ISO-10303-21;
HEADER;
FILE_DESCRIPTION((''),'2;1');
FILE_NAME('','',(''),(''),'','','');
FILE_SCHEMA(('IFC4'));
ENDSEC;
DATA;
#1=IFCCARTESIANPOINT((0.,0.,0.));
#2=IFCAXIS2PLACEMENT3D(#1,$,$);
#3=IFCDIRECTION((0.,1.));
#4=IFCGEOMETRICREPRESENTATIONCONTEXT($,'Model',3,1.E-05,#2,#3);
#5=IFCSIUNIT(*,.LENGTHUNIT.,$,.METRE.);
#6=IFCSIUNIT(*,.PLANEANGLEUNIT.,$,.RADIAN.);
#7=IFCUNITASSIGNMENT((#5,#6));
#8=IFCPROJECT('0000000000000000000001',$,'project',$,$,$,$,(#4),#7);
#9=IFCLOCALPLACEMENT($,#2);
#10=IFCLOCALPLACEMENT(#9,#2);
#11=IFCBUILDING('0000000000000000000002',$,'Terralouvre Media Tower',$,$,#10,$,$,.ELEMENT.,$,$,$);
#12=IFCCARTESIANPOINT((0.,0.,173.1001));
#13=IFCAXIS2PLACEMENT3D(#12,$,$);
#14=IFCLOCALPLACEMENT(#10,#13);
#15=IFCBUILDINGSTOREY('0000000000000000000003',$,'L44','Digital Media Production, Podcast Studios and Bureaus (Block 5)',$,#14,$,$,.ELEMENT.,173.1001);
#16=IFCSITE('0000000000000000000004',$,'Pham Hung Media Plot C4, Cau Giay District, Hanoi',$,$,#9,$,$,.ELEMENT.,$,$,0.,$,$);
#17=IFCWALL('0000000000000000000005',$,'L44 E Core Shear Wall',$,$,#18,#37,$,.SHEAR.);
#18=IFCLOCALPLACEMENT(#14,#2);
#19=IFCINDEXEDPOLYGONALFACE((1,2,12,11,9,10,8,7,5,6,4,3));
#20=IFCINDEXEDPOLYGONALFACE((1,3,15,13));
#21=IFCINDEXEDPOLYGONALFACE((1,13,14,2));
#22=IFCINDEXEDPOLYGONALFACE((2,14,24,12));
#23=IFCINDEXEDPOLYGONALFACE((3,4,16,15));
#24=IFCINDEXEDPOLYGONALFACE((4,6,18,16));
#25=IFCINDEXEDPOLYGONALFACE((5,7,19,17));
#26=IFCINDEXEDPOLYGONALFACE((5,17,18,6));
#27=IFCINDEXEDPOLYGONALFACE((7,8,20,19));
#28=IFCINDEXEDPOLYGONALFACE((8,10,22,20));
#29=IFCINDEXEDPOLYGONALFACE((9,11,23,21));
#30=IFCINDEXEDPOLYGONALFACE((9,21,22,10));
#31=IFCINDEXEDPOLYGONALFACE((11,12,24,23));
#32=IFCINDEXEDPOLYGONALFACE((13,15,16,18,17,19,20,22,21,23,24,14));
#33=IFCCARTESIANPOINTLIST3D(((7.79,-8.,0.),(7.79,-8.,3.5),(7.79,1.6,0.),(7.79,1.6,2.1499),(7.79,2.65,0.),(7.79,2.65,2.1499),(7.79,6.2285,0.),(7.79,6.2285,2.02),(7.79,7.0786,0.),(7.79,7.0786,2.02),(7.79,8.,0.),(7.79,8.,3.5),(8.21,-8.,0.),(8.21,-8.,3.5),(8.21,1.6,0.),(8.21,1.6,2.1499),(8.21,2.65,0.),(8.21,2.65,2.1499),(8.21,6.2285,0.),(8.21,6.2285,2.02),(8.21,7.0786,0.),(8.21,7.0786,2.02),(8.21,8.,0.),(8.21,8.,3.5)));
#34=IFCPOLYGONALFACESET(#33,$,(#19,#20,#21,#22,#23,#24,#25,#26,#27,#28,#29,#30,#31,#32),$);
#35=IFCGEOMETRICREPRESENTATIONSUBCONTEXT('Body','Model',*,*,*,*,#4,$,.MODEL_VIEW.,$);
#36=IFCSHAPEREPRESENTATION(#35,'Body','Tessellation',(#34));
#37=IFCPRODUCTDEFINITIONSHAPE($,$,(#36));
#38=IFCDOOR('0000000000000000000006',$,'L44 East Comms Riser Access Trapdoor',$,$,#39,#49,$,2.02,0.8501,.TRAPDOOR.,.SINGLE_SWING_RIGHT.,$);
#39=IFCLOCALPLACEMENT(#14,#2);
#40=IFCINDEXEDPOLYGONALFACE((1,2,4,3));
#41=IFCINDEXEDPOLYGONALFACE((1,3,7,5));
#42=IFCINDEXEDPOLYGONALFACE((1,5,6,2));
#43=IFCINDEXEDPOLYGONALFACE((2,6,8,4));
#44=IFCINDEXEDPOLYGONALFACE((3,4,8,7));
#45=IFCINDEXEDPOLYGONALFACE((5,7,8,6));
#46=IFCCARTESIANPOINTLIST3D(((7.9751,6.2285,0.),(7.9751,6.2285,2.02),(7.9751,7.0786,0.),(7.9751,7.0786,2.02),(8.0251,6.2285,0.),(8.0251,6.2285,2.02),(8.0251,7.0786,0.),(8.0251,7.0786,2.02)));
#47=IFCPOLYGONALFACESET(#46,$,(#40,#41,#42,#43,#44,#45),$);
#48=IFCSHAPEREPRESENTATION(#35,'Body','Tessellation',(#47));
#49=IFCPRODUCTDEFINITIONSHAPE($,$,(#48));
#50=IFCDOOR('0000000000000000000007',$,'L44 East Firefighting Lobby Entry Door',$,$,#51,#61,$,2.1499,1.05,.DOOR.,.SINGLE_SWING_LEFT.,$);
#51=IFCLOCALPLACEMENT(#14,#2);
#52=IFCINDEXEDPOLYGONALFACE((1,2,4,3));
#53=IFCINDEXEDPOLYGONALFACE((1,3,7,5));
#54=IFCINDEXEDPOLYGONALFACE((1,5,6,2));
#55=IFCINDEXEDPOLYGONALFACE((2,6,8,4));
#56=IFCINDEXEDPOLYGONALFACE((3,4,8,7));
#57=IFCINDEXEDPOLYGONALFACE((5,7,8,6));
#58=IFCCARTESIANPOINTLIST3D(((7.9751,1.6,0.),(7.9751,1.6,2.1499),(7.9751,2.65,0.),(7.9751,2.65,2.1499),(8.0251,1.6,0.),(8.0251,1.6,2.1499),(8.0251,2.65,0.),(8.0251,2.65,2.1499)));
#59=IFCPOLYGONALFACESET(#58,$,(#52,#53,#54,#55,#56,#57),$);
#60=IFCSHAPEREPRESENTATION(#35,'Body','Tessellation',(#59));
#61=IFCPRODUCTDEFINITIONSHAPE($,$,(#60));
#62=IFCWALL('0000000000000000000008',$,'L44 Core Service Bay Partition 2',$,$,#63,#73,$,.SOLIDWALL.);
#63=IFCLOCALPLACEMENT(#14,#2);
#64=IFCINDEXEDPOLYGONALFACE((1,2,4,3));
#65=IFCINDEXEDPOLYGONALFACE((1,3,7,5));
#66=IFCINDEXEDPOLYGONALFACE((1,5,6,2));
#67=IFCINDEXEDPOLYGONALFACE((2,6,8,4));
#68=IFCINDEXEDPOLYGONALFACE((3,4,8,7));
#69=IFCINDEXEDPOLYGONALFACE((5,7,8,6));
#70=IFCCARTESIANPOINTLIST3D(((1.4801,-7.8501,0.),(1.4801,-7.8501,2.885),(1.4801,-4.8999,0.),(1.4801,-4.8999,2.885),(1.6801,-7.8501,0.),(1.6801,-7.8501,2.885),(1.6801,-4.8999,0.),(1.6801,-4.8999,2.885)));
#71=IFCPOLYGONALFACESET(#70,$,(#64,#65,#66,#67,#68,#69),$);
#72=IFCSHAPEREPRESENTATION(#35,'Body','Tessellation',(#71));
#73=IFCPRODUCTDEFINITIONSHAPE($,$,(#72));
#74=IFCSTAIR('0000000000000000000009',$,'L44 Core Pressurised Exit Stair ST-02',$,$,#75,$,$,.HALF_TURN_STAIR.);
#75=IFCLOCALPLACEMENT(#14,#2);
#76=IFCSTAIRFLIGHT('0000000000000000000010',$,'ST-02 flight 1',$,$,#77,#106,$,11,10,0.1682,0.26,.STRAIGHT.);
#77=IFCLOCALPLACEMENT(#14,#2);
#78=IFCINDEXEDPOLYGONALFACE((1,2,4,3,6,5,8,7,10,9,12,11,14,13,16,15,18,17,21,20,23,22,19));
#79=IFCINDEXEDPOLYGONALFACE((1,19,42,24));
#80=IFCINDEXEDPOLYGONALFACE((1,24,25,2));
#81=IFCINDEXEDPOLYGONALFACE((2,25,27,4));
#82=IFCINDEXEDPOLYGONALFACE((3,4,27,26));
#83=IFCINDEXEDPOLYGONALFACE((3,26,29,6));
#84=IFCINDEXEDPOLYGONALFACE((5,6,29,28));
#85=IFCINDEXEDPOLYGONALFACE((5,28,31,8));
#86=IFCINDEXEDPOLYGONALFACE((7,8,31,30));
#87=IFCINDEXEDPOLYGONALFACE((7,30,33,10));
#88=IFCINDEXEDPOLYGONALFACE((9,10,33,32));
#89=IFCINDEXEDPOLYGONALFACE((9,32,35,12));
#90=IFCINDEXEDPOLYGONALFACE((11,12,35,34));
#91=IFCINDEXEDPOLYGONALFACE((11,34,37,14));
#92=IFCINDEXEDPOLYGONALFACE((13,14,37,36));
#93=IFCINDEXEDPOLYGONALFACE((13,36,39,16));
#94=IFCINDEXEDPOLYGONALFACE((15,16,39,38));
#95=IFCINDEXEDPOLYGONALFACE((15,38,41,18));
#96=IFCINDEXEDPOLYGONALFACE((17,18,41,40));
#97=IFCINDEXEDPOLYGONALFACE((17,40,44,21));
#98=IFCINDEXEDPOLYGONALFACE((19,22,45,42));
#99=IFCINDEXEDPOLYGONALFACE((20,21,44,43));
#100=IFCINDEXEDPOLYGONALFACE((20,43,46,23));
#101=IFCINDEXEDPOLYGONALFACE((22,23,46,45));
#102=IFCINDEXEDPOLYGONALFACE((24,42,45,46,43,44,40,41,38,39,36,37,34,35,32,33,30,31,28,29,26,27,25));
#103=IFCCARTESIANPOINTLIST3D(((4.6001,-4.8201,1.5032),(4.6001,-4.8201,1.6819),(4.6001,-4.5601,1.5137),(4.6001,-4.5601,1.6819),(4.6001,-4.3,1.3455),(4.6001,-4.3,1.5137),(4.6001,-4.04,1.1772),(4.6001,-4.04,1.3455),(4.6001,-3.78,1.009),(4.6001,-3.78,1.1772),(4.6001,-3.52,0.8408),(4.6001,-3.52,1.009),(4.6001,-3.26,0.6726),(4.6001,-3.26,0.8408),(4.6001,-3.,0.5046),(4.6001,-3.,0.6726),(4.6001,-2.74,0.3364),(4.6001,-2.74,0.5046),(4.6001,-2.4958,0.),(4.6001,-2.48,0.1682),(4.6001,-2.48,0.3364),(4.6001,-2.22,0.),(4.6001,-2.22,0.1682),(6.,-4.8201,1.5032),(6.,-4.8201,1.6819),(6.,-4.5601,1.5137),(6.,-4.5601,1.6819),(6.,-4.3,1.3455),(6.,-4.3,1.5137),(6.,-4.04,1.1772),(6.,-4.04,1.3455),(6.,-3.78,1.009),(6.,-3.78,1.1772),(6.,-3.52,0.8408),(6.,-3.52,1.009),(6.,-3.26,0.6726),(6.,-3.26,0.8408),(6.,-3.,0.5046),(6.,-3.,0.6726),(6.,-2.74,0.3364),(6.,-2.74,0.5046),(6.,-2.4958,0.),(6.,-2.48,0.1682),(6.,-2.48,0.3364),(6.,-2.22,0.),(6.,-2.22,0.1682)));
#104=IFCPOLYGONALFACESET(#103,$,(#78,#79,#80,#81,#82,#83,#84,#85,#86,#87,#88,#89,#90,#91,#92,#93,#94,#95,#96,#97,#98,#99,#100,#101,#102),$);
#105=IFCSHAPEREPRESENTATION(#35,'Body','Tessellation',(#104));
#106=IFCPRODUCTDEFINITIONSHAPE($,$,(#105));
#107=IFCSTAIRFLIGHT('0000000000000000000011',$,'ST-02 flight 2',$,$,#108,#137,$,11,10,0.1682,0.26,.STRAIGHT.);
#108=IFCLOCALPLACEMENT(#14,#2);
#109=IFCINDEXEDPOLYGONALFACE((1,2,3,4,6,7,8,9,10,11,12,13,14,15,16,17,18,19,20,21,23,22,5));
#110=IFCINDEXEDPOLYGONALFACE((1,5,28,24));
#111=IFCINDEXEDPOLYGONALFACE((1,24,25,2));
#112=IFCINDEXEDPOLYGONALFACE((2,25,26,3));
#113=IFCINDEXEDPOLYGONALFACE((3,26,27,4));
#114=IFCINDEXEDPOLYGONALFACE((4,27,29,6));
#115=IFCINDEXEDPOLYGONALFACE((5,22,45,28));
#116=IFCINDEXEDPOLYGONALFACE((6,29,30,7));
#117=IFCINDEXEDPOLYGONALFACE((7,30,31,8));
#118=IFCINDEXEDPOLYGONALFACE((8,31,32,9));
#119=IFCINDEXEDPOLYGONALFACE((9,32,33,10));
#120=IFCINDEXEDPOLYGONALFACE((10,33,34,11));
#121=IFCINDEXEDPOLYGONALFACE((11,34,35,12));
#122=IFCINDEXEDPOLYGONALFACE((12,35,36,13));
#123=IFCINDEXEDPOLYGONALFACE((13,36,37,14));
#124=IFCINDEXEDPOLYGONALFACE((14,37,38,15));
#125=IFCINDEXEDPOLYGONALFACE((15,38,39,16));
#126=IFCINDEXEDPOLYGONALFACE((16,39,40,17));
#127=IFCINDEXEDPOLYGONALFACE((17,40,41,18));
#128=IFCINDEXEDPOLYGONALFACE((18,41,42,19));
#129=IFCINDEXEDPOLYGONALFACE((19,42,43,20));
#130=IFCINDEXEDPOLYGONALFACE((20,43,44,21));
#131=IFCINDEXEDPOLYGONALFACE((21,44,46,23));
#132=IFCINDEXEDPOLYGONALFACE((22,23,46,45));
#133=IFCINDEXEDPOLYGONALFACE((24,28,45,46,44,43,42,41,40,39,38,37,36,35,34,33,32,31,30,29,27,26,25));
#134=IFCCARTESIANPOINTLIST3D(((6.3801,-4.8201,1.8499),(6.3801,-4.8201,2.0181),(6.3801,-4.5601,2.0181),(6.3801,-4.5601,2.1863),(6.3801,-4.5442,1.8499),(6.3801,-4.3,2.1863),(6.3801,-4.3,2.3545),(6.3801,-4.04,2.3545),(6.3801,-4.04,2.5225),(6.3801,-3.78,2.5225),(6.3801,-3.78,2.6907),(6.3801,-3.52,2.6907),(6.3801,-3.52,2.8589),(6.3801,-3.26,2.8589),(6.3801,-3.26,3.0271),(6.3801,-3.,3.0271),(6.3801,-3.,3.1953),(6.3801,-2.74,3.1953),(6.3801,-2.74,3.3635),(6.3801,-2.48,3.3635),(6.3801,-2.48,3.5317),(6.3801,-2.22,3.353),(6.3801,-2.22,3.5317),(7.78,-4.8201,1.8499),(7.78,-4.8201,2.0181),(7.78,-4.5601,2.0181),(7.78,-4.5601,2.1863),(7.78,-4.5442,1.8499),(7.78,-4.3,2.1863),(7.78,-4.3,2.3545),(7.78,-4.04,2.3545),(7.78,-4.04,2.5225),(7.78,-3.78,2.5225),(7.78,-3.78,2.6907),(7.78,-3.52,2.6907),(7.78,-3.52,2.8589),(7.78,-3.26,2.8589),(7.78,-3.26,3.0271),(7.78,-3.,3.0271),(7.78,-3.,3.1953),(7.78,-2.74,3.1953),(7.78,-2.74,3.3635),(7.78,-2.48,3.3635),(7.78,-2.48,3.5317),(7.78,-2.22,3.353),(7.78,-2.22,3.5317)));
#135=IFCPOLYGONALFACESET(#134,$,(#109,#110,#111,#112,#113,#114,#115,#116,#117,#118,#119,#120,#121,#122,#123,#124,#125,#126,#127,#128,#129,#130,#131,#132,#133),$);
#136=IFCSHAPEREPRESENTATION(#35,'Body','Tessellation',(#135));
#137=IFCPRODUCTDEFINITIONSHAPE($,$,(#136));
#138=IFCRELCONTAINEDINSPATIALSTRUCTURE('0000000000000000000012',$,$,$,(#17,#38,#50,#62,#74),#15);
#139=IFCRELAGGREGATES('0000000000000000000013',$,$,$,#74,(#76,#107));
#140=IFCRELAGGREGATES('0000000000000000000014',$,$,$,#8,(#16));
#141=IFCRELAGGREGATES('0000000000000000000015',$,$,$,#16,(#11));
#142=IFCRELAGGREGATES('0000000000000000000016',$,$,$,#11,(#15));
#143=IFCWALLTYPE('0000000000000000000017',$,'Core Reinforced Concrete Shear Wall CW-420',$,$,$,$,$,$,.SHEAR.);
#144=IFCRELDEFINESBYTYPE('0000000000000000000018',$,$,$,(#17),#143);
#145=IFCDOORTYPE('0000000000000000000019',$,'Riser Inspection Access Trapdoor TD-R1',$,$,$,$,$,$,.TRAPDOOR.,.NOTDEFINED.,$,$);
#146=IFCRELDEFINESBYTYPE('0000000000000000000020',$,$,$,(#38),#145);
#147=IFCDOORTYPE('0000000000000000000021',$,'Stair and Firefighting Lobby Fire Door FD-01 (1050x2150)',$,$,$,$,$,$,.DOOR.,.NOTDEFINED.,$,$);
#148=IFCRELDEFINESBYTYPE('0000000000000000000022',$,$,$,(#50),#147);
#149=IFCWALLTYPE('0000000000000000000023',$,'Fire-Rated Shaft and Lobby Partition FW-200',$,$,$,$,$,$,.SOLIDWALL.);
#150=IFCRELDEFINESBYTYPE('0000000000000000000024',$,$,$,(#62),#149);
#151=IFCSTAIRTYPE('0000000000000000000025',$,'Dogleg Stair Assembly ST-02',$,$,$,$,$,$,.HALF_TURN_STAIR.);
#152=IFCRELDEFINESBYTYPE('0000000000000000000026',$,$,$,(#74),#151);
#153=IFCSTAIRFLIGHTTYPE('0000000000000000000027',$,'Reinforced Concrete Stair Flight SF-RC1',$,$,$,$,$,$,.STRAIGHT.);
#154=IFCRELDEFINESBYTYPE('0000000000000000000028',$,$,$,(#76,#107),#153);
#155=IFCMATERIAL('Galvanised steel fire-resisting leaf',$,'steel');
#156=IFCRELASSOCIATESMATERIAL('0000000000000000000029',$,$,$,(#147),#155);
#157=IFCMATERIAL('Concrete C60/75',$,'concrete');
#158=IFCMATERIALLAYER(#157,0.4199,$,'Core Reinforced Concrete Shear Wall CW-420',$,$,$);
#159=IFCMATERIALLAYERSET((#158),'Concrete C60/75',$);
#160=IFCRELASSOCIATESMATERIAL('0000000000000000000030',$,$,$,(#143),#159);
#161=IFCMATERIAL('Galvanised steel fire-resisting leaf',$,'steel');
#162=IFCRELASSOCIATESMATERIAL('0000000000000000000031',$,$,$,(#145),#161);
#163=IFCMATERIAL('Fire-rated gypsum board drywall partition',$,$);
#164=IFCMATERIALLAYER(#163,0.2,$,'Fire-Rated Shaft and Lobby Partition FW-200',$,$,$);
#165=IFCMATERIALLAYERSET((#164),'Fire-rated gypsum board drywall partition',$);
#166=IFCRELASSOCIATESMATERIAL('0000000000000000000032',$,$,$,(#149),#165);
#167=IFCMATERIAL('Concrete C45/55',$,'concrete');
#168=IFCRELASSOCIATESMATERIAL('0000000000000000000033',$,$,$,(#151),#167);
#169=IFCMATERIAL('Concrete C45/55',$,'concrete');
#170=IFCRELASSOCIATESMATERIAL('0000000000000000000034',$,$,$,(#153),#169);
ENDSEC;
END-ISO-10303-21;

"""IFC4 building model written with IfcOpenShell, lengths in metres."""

from ifc_helpers import new_model, si_unit, direction, frame, frame_2d, origin, place, context, subcontext, project, spatial, polyline, rectangle, outline, extrude, material, layer, layer_set, type_object, element, fill, aggregate, save


model = new_model("IFC4")

# Units and contexts
model_context = context("Model", 3, precision=1e-05, world=origin(), true_north=direction((0.0, 1.0)))
body_context = subcontext(model_context, "Body", "Model", "MODEL_VIEW")
ifc_project = project(units=[si_unit("LENGTHUNIT", "METRE"), si_unit("PLANEANGLEUNIT", "RADIAN")], contexts=[model_context])

# Site, building, storey
site_placement = place(None, origin())
site = spatial("IfcSite", under=ifc_project, at=site_placement, Name="Pham Hung Media Plot C4, Cau Giay District, Hanoi", CompositionType="ELEMENT", RefElevation=0.0)
building_placement = place(site_placement, origin())
building = spatial("IfcBuilding", under=site, at=building_placement, Name="Terralouvre Media Tower", CompositionType="ELEMENT")
storey_placement = place(building_placement, frame((0.0, 0.0, 173.1001)))
storey = spatial("IfcBuildingStorey", under=building, at=storey_placement, Name="L44", Description="Digital Media Production, Podcast Studios and Bureaus (Block 5)", CompositionType="ELEMENT", Elevation=173.1001)

# Shared definitions
ifc_material_1 = material(Name="Galvanised steel fire-resisting leaf", Category="steel")
door_type_1 = type_object("IfcDoorType", Name="Stair and Firefighting Lobby Fire Door FD-01 (1050x2150)", OperationType="NOTDEFINED", PredefinedType="DOOR", material=ifc_material_1)

# Wall, openings, doors
ifc_material_2 = material(Name="Concrete C60/75", Category="concrete")
ifc_layer_1 = layer(ifc_material_2, 0.4199, Name="Core Reinforced Concrete Shear Wall CW-420")
ifc_layer_set_1 = layer_set([ifc_layer_1], Name="Concrete C60/75")
wall_type_1 = type_object("IfcWallType", Name="Core Reinforced Concrete Shear Wall CW-420", PredefinedType="SHEAR", material=ifc_layer_set_1)
wall_1_placement = place(storey_placement, frame((8.0, -8.0, 0.0), z_axis=(0.0, 0.0, 1.0), x_axis=(0.0, 1.0, 0.0)))
wall_1 = element("IfcWall", 1, at=wall_1_placement, inside=storey, type_object=wall_type_1, Name="L44 E Core Shear Wall", PredefinedType="SHEAR", context=body_context, shape_type="SweptSolid", body=[
    extrude(rectangle(XDim=16.0, YDim=0.4199, at=frame_2d((8.0, 0.0))), origin(), (0.0, 0.0, 1.0), 3.5),
])
opening_1_placement = place(wall_1_placement, frame((9.6001, 0.0, 0.0)))
opening_1 = element("IfcOpeningElement", 2, at=opening_1_placement, cuts=wall_1, PredefinedType="OPENING", context=body_context, shape_type="SweptSolid", body=[
    extrude(rectangle(XDim=1.05, YDim=2.1499, at=frame_2d((0.5249, 1.075))), frame((0.0, 0.22, 0.0), z_axis=(0.0, -1.0, 0.0), x_axis=(1.0, 0.0, 0.0)), (0.0, 0.0, 1.0), 0.4399),
])
opening_2_placement = place(wall_1_placement, frame((14.2285, 0.0, 0.0)))
opening_2 = element("IfcOpeningElement", 3, at=opening_2_placement, cuts=wall_1, PredefinedType="OPENING", context=body_context, shape_type="SweptSolid", body=[
    extrude(rectangle(XDim=0.8501, YDim=2.02, at=frame_2d((0.425, 1.01))), frame((0.0, 0.22, 0.0), z_axis=(0.0, -1.0, 0.0), x_axis=(1.0, 0.0, 0.0)), (0.0, 0.0, 1.0), 0.4399),
])
ifc_material_3 = material(Name="Galvanised steel fire-resisting leaf", Category="steel")
door_type_2 = type_object("IfcDoorType", Name="Riser Inspection Access Trapdoor TD-R1", OperationType="NOTDEFINED", PredefinedType="TRAPDOOR", material=ifc_material_3)
door_1_placement = place(opening_2_placement, origin())
door_1 = element("IfcDoor", 4, at=door_1_placement, inside=storey, type_object=door_type_2, Name="L44 East Comms Riser Access Trapdoor", OperationType="SINGLE_SWING_RIGHT", OverallHeight=2.02, OverallWidth=0.8501, PredefinedType="TRAPDOOR", context=body_context, shape_type="SweptSolid", body=[
    extrude(rectangle(XDim=0.8501, YDim=2.02, at=frame_2d((0.425, 1.01))), frame((0.0, 0.0249, 0.0), z_axis=(0.0, -1.0, 0.0), x_axis=(1.0, 0.0, 0.0)), (0.0, 0.0, 1.0), 0.05),
])
fill(opening_2, door_1)
door_2_placement = place(opening_1_placement, origin())
door_2 = element("IfcDoor", 5, at=door_2_placement, inside=storey, type_object=door_type_1, Name="L44 East Firefighting Lobby Entry Door", OperationType="SINGLE_SWING_LEFT", OverallHeight=2.1499, OverallWidth=1.05, PredefinedType="DOOR", context=body_context, shape_type="SweptSolid", body=[
    extrude(rectangle(XDim=1.05, YDim=2.1499, at=frame_2d((0.5249, 1.075))), frame((0.0, 0.0249, 0.0), z_axis=(0.0, -1.0, 0.0), x_axis=(1.0, 0.0, 0.0)), (0.0, 0.0, 1.0), 0.05),
])
fill(opening_1, door_2)

# Wall
ifc_material_4 = material(Name="Fire-rated gypsum board drywall partition")
ifc_layer_2 = layer(ifc_material_4, 0.2, Name="Fire-Rated Shaft and Lobby Partition FW-200")
ifc_layer_set_2 = layer_set([ifc_layer_2], Name="Fire-rated gypsum board drywall partition")
wall_type_2 = type_object("IfcWallType", Name="Fire-Rated Shaft and Lobby Partition FW-200", PredefinedType="SOLIDWALL", material=ifc_layer_set_2)
wall_2_placement = place(storey_placement, frame((1.5801, -7.8501, 0.0), z_axis=(0.0, 0.0, 1.0), x_axis=(0.0, 1.0, 0.0)))
element("IfcWall", 6, at=wall_2_placement, inside=storey, type_object=wall_type_2, Name="L44 Core Service Bay Partition 2", PredefinedType="SOLIDWALL", context=body_context, shape_type="SweptSolid", body=[
    extrude(rectangle(XDim=2.9502, YDim=0.2, at=frame_2d((1.4751, 0.0))), origin(), (0.0, 0.0, 1.0), 2.885),
])

# Stair, stair flights
ifc_material_5 = material(Name="Concrete C45/55", Category="concrete")
stair_type = type_object("IfcStairType", Name="Dogleg Stair Assembly ST-02", PredefinedType="HALF_TURN_STAIR", material=ifc_material_5)
stair_placement = place(storey_placement, origin())
stair = element("IfcStair", 7, at=stair_placement, inside=storey, type_object=stair_type, Name="L44 Core Pressurised Exit Stair ST-02", PredefinedType="HALF_TURN_STAIR")
ifc_material_6 = material(Name="Concrete C45/55", Category="concrete")
stair_flight_type = type_object("IfcStairFlightType", Name="Reinforced Concrete Stair Flight SF-RC1", PredefinedType="STRAIGHT", material=ifc_material_6)
stair_flight_1_placement = place(storey_placement, frame((5.3, -2.22, 0.0), z_axis=(0.0, 0.0, 1.0), x_axis=(0.0, -1.0, 0.0)))
stair_flight_1 = element("IfcStairFlight", 8, at=stair_flight_1_placement, type_object=stair_flight_type, Name="ST-02 flight 1", NumberOfRisers=11, NumberOfTreads=10, PredefinedType="STRAIGHT", RiserHeight=0.1682, TreadLength=0.26, context=body_context, shape_type="SweptSolid", body=[
    extrude(outline(polyline([(0.0, 0.0), (0.0, 0.1682), (0.26, 0.1682), (0.26, 0.3364), (0.52, 0.3364), (0.52, 0.5046), (0.78, 0.5046), (0.78, 0.6726), (1.04, 0.6726), (1.04, 0.8408), (1.3, 0.8408), (1.3, 1.009), (1.5601, 1.009), (1.5601, 1.1772), (1.8201, 1.1772), (1.8201, 1.3455), (2.0801, 1.3455), (2.0801, 1.5137), (2.3401, 1.5137), (2.3401, 1.6819), (2.6001, 1.6819), (2.6001, 1.8501), (2.6001, 1.5032), (0.2759, 0.0), (0.0, 0.0)])), frame((0.0, 0.7, 0.0), z_axis=(0.0, -1.0, 0.0), x_axis=(1.0, 0.0, 0.0)), (0.0, 0.0, 1.0), 1.3999),
])
stair_flight_2_placement = place(storey_placement, frame((7.0801, -4.8201, 1.8499), z_axis=(0.0, 0.0, 1.0), x_axis=(0.0, 1.0, 0.0)))
stair_flight_2 = element("IfcStairFlight", 9, at=stair_flight_2_placement, type_object=stair_flight_type, Name="ST-02 flight 2", NumberOfRisers=11, NumberOfTreads=10, PredefinedType="STRAIGHT", RiserHeight=0.1682, TreadLength=0.26, context=body_context, shape_type="SweptSolid", body=[
    extrude(outline(polyline([(0.0, 0.0), (0.0, 0.1682), (0.26, 0.1682), (0.26, 0.3364), (0.52, 0.3364), (0.52, 0.5046), (0.78, 0.5046), (0.78, 0.6726), (1.04, 0.6726), (1.04, 0.8408), (1.3, 0.8408), (1.3, 1.009), (1.5601, 1.009), (1.5601, 1.1772), (1.8201, 1.1772), (1.8201, 1.3455), (2.0801, 1.3455), (2.0801, 1.5137), (2.3401, 1.5137), (2.3401, 1.6819), (2.6001, 1.6819), (2.6001, 1.8501), (2.6001, 1.5032), (0.2759, 0.0), (0.0, 0.0)])), frame((0.0, 0.7, 0.0), z_axis=(0.0, -1.0, 0.0), x_axis=(1.0, 0.0, 0.0)), (0.0, 0.0, 1.0), 1.3999),
])
aggregate(stair, [stair_flight_1, stair_flight_2])

save(model, "model.ifc")
